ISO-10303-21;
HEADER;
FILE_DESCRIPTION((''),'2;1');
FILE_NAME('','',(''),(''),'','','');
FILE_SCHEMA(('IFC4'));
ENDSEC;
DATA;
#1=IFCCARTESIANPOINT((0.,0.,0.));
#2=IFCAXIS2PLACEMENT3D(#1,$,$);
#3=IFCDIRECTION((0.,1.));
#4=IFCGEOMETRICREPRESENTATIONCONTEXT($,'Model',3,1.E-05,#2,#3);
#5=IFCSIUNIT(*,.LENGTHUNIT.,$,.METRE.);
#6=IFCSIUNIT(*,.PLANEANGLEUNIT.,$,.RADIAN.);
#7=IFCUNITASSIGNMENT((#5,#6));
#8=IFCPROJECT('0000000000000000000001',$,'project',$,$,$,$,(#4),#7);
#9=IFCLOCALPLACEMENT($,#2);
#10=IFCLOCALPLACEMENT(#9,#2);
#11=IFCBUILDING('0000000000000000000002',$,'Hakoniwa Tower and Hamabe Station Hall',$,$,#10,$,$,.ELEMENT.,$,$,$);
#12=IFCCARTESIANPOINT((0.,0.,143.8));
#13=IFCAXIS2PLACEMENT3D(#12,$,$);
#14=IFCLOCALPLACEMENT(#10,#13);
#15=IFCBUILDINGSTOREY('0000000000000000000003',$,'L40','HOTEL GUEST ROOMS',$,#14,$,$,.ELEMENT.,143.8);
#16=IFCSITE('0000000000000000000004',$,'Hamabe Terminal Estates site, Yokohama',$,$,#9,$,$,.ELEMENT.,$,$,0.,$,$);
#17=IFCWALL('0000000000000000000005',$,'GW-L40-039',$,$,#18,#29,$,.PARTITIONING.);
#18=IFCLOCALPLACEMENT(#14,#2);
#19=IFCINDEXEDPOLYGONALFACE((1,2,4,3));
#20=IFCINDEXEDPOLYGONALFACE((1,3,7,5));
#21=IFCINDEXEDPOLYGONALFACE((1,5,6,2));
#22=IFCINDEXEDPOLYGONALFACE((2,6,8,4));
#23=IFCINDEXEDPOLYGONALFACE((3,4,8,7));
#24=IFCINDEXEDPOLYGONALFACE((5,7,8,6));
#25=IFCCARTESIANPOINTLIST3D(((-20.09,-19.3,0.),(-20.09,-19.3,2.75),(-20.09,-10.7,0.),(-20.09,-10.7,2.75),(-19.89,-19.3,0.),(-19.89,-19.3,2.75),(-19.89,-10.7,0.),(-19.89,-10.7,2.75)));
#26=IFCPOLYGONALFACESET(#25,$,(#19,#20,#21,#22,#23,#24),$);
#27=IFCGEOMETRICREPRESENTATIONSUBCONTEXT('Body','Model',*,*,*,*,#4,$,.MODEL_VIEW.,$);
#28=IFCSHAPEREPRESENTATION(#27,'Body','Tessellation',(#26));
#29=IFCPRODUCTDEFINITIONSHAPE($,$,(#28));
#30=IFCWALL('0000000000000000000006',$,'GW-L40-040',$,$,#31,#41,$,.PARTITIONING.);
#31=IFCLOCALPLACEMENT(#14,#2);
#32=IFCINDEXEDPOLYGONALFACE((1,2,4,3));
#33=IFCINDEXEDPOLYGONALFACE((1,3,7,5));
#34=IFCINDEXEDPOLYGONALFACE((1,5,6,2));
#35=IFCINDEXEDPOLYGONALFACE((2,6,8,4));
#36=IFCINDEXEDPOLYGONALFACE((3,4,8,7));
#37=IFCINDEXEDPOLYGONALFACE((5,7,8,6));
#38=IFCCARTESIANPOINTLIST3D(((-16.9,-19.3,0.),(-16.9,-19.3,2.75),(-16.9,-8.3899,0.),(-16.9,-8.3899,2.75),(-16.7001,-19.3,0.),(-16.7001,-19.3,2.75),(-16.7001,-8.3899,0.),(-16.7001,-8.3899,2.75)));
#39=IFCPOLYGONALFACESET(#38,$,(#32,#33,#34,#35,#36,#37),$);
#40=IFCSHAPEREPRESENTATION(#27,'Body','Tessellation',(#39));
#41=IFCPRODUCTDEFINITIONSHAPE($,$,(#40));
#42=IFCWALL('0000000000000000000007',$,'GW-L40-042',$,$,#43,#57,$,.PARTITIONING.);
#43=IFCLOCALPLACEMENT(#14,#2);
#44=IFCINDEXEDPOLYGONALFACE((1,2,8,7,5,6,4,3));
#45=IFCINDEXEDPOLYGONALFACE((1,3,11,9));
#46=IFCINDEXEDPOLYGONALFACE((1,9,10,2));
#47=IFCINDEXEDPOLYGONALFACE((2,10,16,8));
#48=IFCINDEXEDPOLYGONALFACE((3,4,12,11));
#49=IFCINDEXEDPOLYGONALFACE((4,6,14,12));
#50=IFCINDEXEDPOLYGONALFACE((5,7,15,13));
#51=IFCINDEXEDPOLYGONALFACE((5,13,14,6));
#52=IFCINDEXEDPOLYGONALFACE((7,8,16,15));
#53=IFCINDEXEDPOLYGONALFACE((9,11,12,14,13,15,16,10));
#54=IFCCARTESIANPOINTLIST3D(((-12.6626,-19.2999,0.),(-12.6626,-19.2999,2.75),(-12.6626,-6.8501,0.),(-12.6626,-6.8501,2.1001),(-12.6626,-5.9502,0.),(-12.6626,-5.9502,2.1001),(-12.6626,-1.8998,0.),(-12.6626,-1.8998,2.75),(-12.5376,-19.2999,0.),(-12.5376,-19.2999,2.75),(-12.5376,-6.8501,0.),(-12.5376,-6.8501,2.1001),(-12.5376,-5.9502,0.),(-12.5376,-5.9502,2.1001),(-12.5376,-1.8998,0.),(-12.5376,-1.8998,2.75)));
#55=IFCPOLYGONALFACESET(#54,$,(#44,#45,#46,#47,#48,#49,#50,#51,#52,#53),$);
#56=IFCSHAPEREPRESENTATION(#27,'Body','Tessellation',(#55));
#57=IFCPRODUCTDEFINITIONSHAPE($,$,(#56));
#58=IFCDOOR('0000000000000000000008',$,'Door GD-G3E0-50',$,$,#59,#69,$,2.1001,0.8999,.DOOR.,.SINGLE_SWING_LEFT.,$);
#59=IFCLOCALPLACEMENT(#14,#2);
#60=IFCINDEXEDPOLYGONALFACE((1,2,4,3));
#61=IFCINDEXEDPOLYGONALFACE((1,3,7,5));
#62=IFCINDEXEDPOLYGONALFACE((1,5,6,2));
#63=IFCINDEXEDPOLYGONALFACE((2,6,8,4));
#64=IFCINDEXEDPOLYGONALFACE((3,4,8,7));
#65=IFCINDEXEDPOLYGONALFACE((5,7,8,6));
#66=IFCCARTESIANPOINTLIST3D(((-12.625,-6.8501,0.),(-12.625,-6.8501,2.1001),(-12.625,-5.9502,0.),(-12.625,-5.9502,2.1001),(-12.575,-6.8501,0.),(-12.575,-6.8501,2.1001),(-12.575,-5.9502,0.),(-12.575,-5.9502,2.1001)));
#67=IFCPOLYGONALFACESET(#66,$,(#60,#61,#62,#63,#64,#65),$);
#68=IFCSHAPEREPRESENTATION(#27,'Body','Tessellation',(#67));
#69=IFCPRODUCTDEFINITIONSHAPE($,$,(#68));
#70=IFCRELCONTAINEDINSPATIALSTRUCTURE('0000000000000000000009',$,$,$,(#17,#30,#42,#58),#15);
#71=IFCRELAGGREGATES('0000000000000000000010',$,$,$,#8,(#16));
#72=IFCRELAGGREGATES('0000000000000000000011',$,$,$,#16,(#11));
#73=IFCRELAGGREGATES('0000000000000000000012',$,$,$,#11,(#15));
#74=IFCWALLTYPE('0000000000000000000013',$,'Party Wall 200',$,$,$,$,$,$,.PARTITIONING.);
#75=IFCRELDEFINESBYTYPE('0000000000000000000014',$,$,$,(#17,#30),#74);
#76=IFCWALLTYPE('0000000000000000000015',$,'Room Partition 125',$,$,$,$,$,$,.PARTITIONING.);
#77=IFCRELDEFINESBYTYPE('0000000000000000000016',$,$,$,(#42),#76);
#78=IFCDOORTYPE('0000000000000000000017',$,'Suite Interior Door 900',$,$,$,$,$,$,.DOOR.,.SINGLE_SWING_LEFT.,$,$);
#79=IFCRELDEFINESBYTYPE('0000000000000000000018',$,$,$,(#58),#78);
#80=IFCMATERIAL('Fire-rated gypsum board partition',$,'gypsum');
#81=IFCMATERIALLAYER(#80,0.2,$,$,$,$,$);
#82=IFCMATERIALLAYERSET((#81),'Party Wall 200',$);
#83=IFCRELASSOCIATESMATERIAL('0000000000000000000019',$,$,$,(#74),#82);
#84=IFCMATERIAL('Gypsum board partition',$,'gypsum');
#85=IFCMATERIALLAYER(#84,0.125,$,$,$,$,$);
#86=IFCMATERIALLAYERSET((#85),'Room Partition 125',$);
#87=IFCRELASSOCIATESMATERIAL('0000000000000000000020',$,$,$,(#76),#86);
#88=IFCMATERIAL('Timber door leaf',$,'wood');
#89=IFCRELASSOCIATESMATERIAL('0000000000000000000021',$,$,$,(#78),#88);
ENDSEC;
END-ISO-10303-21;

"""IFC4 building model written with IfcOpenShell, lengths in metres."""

from ifc_helpers import new_model, si_unit, direction, frame, frame_2d, origin, place, context, subcontext, project, spatial, rectangle, extrude, material, layer, layer_set, type_object, element, fill, save


model = new_model("IFC4")

# Units and contexts
model_context = context("Model", 3, precision=1e-05, world=origin(), true_north=direction((0.0, 1.0)))
body_context = subcontext(model_context, "Body", "Model", "MODEL_VIEW")
ifc_project = project(units=[si_unit("LENGTHUNIT", "METRE"), si_unit("PLANEANGLEUNIT", "RADIAN")], contexts=[model_context])

# Site, building, storey
site_placement = place(None, origin())
site = spatial("IfcSite", under=ifc_project, at=site_placement, Name="Hamabe Terminal Estates site, Yokohama", CompositionType="ELEMENT", RefElevation=0.0)
building_placement = place(site_placement, origin())
building = spatial("IfcBuilding", under=site, at=building_placement, Name="Hakoniwa Tower and Hamabe Station Hall", CompositionType="ELEMENT")
storey_placement = place(building_placement, frame((0.0, 0.0, 143.8)))
storey = spatial("IfcBuildingStorey", under=building, at=storey_placement, Name="L40", Description="HOTEL GUEST ROOMS", CompositionType="ELEMENT", Elevation=143.8)

# Walls
ifc_material_1 = material(Name="Fire-rated gypsum board partition", Category="gypsum")
ifc_layer_1 = layer(ifc_material_1, 0.2)
ifc_layer_set_1 = layer_set([ifc_layer_1], Name="Party Wall 200")
wall_type_1 = type_object("IfcWallType", Name="Party Wall 200", PredefinedType="PARTITIONING", material=ifc_layer_set_1)
for number, where, z_axis, x_axis, name in (
    (1, (-19.99, -19.3, 0.0), (0.0, 0.0, 1.0), (0.0, 1.0, 0.0), "GW-L40-039"),
):
    element("IfcWall", number, at=place(storey_placement, frame(where, z_axis=z_axis, x_axis=x_axis)), inside=storey, type_object=wall_type_1, Name=name, PredefinedType="PARTITIONING", context=body_context, shape_type="SweptSolid", body=[
        extrude(rectangle(XDim=8.6001, YDim=0.2, at=frame_2d((4.3, 0.0))), origin(), (0.0, 0.0, 1.0), 2.75),
    ])
wall_1_placement = place(storey_placement, frame((-16.8, -19.3, 0.0), z_axis=(0.0, 0.0, 1.0), x_axis=(0.0, 1.0, 0.0)))
element("IfcWall", 2, at=wall_1_placement, inside=storey, type_object=wall_type_1, Name="GW-L40-040", PredefinedType="PARTITIONING", context=body_context, shape_type="SweptSolid", body=[
    extrude(rectangle(XDim=10.9102, YDim=0.2, at=frame_2d((5.4551, 0.0))), origin(), (0.0, 0.0, 1.0), 2.75),
])

# Wall, opening, door
ifc_material_2 = material(Name="Gypsum board partition", Category="gypsum")
ifc_layer_2 = layer(ifc_material_2, 0.125)
ifc_layer_set_2 = layer_set([ifc_layer_2], Name="Room Partition 125")
wall_type_2 = type_object("IfcWallType", Name="Room Partition 125", PredefinedType="PARTITIONING", material=ifc_layer_set_2)
wall_2_placement = place(storey_placement, frame((-12.6001, -19.3, 0.0), z_axis=(0.0, 0.0, 1.0), x_axis=(0.0, 1.0, 0.0)))
wall_2 = element("IfcWall", 3, at=wall_2_placement, inside=storey, type_object=wall_type_2, Name="GW-L40-042", PredefinedType="PARTITIONING", context=body_context, shape_type="SweptSolid", body=[
    extrude(rectangle(XDim=17.4001, YDim=0.125, at=frame_2d((8.7002, 0.0))), origin(), (0.0, 0.0, 1.0), 2.75),
])
opening_1_placement = place(wall_2_placement, frame((12.45, 0.0, 0.0)))
opening_1 = element("IfcOpeningElement", 4, at=opening_1_placement, cuts=wall_2, PredefinedType="OPENING", context=body_context, shape_type="SweptSolid", body=[
    extrude(rectangle(XDim=0.8999, YDim=2.1001, at=frame_2d((0.45, 1.05))), frame((0.0, 0.0725, 0.0), z_axis=(0.0, -1.0, 0.0), x_axis=(1.0, 0.0, 0.0)), (0.0, 0.0, 1.0), 0.145),
])
ifc_material_3 = material(Name="Timber door leaf", Category="wood")
door_type_1 = type_object("IfcDoorType", Name="Suite Interior Door 900", OperationType="SINGLE_SWING_LEFT", PredefinedType="DOOR", material=ifc_material_3)
door_1_placement = place(opening_1_placement, origin())
door_1 = element("IfcDoor", 5, at=door_1_placement, inside=storey, type_object=door_type_1, Name="Door GD-G3E0-50", OperationType="SINGLE_SWING_LEFT", OverallHeight=2.1001, OverallWidth=0.8999, PredefinedType="DOOR", context=body_context, shape_type="SweptSolid", body=[
    extrude(rectangle(XDim=0.8999, YDim=2.1001, at=frame_2d((0.45, 1.05))), frame((0.0, 0.0249, 0.0), z_axis=(0.0, -1.0, 0.0), x_axis=(1.0, 0.0, 0.0)), (0.0, 0.0, 1.0), 0.05),
])
fill(opening_1, door_1)

save(model, "model.ifc")
